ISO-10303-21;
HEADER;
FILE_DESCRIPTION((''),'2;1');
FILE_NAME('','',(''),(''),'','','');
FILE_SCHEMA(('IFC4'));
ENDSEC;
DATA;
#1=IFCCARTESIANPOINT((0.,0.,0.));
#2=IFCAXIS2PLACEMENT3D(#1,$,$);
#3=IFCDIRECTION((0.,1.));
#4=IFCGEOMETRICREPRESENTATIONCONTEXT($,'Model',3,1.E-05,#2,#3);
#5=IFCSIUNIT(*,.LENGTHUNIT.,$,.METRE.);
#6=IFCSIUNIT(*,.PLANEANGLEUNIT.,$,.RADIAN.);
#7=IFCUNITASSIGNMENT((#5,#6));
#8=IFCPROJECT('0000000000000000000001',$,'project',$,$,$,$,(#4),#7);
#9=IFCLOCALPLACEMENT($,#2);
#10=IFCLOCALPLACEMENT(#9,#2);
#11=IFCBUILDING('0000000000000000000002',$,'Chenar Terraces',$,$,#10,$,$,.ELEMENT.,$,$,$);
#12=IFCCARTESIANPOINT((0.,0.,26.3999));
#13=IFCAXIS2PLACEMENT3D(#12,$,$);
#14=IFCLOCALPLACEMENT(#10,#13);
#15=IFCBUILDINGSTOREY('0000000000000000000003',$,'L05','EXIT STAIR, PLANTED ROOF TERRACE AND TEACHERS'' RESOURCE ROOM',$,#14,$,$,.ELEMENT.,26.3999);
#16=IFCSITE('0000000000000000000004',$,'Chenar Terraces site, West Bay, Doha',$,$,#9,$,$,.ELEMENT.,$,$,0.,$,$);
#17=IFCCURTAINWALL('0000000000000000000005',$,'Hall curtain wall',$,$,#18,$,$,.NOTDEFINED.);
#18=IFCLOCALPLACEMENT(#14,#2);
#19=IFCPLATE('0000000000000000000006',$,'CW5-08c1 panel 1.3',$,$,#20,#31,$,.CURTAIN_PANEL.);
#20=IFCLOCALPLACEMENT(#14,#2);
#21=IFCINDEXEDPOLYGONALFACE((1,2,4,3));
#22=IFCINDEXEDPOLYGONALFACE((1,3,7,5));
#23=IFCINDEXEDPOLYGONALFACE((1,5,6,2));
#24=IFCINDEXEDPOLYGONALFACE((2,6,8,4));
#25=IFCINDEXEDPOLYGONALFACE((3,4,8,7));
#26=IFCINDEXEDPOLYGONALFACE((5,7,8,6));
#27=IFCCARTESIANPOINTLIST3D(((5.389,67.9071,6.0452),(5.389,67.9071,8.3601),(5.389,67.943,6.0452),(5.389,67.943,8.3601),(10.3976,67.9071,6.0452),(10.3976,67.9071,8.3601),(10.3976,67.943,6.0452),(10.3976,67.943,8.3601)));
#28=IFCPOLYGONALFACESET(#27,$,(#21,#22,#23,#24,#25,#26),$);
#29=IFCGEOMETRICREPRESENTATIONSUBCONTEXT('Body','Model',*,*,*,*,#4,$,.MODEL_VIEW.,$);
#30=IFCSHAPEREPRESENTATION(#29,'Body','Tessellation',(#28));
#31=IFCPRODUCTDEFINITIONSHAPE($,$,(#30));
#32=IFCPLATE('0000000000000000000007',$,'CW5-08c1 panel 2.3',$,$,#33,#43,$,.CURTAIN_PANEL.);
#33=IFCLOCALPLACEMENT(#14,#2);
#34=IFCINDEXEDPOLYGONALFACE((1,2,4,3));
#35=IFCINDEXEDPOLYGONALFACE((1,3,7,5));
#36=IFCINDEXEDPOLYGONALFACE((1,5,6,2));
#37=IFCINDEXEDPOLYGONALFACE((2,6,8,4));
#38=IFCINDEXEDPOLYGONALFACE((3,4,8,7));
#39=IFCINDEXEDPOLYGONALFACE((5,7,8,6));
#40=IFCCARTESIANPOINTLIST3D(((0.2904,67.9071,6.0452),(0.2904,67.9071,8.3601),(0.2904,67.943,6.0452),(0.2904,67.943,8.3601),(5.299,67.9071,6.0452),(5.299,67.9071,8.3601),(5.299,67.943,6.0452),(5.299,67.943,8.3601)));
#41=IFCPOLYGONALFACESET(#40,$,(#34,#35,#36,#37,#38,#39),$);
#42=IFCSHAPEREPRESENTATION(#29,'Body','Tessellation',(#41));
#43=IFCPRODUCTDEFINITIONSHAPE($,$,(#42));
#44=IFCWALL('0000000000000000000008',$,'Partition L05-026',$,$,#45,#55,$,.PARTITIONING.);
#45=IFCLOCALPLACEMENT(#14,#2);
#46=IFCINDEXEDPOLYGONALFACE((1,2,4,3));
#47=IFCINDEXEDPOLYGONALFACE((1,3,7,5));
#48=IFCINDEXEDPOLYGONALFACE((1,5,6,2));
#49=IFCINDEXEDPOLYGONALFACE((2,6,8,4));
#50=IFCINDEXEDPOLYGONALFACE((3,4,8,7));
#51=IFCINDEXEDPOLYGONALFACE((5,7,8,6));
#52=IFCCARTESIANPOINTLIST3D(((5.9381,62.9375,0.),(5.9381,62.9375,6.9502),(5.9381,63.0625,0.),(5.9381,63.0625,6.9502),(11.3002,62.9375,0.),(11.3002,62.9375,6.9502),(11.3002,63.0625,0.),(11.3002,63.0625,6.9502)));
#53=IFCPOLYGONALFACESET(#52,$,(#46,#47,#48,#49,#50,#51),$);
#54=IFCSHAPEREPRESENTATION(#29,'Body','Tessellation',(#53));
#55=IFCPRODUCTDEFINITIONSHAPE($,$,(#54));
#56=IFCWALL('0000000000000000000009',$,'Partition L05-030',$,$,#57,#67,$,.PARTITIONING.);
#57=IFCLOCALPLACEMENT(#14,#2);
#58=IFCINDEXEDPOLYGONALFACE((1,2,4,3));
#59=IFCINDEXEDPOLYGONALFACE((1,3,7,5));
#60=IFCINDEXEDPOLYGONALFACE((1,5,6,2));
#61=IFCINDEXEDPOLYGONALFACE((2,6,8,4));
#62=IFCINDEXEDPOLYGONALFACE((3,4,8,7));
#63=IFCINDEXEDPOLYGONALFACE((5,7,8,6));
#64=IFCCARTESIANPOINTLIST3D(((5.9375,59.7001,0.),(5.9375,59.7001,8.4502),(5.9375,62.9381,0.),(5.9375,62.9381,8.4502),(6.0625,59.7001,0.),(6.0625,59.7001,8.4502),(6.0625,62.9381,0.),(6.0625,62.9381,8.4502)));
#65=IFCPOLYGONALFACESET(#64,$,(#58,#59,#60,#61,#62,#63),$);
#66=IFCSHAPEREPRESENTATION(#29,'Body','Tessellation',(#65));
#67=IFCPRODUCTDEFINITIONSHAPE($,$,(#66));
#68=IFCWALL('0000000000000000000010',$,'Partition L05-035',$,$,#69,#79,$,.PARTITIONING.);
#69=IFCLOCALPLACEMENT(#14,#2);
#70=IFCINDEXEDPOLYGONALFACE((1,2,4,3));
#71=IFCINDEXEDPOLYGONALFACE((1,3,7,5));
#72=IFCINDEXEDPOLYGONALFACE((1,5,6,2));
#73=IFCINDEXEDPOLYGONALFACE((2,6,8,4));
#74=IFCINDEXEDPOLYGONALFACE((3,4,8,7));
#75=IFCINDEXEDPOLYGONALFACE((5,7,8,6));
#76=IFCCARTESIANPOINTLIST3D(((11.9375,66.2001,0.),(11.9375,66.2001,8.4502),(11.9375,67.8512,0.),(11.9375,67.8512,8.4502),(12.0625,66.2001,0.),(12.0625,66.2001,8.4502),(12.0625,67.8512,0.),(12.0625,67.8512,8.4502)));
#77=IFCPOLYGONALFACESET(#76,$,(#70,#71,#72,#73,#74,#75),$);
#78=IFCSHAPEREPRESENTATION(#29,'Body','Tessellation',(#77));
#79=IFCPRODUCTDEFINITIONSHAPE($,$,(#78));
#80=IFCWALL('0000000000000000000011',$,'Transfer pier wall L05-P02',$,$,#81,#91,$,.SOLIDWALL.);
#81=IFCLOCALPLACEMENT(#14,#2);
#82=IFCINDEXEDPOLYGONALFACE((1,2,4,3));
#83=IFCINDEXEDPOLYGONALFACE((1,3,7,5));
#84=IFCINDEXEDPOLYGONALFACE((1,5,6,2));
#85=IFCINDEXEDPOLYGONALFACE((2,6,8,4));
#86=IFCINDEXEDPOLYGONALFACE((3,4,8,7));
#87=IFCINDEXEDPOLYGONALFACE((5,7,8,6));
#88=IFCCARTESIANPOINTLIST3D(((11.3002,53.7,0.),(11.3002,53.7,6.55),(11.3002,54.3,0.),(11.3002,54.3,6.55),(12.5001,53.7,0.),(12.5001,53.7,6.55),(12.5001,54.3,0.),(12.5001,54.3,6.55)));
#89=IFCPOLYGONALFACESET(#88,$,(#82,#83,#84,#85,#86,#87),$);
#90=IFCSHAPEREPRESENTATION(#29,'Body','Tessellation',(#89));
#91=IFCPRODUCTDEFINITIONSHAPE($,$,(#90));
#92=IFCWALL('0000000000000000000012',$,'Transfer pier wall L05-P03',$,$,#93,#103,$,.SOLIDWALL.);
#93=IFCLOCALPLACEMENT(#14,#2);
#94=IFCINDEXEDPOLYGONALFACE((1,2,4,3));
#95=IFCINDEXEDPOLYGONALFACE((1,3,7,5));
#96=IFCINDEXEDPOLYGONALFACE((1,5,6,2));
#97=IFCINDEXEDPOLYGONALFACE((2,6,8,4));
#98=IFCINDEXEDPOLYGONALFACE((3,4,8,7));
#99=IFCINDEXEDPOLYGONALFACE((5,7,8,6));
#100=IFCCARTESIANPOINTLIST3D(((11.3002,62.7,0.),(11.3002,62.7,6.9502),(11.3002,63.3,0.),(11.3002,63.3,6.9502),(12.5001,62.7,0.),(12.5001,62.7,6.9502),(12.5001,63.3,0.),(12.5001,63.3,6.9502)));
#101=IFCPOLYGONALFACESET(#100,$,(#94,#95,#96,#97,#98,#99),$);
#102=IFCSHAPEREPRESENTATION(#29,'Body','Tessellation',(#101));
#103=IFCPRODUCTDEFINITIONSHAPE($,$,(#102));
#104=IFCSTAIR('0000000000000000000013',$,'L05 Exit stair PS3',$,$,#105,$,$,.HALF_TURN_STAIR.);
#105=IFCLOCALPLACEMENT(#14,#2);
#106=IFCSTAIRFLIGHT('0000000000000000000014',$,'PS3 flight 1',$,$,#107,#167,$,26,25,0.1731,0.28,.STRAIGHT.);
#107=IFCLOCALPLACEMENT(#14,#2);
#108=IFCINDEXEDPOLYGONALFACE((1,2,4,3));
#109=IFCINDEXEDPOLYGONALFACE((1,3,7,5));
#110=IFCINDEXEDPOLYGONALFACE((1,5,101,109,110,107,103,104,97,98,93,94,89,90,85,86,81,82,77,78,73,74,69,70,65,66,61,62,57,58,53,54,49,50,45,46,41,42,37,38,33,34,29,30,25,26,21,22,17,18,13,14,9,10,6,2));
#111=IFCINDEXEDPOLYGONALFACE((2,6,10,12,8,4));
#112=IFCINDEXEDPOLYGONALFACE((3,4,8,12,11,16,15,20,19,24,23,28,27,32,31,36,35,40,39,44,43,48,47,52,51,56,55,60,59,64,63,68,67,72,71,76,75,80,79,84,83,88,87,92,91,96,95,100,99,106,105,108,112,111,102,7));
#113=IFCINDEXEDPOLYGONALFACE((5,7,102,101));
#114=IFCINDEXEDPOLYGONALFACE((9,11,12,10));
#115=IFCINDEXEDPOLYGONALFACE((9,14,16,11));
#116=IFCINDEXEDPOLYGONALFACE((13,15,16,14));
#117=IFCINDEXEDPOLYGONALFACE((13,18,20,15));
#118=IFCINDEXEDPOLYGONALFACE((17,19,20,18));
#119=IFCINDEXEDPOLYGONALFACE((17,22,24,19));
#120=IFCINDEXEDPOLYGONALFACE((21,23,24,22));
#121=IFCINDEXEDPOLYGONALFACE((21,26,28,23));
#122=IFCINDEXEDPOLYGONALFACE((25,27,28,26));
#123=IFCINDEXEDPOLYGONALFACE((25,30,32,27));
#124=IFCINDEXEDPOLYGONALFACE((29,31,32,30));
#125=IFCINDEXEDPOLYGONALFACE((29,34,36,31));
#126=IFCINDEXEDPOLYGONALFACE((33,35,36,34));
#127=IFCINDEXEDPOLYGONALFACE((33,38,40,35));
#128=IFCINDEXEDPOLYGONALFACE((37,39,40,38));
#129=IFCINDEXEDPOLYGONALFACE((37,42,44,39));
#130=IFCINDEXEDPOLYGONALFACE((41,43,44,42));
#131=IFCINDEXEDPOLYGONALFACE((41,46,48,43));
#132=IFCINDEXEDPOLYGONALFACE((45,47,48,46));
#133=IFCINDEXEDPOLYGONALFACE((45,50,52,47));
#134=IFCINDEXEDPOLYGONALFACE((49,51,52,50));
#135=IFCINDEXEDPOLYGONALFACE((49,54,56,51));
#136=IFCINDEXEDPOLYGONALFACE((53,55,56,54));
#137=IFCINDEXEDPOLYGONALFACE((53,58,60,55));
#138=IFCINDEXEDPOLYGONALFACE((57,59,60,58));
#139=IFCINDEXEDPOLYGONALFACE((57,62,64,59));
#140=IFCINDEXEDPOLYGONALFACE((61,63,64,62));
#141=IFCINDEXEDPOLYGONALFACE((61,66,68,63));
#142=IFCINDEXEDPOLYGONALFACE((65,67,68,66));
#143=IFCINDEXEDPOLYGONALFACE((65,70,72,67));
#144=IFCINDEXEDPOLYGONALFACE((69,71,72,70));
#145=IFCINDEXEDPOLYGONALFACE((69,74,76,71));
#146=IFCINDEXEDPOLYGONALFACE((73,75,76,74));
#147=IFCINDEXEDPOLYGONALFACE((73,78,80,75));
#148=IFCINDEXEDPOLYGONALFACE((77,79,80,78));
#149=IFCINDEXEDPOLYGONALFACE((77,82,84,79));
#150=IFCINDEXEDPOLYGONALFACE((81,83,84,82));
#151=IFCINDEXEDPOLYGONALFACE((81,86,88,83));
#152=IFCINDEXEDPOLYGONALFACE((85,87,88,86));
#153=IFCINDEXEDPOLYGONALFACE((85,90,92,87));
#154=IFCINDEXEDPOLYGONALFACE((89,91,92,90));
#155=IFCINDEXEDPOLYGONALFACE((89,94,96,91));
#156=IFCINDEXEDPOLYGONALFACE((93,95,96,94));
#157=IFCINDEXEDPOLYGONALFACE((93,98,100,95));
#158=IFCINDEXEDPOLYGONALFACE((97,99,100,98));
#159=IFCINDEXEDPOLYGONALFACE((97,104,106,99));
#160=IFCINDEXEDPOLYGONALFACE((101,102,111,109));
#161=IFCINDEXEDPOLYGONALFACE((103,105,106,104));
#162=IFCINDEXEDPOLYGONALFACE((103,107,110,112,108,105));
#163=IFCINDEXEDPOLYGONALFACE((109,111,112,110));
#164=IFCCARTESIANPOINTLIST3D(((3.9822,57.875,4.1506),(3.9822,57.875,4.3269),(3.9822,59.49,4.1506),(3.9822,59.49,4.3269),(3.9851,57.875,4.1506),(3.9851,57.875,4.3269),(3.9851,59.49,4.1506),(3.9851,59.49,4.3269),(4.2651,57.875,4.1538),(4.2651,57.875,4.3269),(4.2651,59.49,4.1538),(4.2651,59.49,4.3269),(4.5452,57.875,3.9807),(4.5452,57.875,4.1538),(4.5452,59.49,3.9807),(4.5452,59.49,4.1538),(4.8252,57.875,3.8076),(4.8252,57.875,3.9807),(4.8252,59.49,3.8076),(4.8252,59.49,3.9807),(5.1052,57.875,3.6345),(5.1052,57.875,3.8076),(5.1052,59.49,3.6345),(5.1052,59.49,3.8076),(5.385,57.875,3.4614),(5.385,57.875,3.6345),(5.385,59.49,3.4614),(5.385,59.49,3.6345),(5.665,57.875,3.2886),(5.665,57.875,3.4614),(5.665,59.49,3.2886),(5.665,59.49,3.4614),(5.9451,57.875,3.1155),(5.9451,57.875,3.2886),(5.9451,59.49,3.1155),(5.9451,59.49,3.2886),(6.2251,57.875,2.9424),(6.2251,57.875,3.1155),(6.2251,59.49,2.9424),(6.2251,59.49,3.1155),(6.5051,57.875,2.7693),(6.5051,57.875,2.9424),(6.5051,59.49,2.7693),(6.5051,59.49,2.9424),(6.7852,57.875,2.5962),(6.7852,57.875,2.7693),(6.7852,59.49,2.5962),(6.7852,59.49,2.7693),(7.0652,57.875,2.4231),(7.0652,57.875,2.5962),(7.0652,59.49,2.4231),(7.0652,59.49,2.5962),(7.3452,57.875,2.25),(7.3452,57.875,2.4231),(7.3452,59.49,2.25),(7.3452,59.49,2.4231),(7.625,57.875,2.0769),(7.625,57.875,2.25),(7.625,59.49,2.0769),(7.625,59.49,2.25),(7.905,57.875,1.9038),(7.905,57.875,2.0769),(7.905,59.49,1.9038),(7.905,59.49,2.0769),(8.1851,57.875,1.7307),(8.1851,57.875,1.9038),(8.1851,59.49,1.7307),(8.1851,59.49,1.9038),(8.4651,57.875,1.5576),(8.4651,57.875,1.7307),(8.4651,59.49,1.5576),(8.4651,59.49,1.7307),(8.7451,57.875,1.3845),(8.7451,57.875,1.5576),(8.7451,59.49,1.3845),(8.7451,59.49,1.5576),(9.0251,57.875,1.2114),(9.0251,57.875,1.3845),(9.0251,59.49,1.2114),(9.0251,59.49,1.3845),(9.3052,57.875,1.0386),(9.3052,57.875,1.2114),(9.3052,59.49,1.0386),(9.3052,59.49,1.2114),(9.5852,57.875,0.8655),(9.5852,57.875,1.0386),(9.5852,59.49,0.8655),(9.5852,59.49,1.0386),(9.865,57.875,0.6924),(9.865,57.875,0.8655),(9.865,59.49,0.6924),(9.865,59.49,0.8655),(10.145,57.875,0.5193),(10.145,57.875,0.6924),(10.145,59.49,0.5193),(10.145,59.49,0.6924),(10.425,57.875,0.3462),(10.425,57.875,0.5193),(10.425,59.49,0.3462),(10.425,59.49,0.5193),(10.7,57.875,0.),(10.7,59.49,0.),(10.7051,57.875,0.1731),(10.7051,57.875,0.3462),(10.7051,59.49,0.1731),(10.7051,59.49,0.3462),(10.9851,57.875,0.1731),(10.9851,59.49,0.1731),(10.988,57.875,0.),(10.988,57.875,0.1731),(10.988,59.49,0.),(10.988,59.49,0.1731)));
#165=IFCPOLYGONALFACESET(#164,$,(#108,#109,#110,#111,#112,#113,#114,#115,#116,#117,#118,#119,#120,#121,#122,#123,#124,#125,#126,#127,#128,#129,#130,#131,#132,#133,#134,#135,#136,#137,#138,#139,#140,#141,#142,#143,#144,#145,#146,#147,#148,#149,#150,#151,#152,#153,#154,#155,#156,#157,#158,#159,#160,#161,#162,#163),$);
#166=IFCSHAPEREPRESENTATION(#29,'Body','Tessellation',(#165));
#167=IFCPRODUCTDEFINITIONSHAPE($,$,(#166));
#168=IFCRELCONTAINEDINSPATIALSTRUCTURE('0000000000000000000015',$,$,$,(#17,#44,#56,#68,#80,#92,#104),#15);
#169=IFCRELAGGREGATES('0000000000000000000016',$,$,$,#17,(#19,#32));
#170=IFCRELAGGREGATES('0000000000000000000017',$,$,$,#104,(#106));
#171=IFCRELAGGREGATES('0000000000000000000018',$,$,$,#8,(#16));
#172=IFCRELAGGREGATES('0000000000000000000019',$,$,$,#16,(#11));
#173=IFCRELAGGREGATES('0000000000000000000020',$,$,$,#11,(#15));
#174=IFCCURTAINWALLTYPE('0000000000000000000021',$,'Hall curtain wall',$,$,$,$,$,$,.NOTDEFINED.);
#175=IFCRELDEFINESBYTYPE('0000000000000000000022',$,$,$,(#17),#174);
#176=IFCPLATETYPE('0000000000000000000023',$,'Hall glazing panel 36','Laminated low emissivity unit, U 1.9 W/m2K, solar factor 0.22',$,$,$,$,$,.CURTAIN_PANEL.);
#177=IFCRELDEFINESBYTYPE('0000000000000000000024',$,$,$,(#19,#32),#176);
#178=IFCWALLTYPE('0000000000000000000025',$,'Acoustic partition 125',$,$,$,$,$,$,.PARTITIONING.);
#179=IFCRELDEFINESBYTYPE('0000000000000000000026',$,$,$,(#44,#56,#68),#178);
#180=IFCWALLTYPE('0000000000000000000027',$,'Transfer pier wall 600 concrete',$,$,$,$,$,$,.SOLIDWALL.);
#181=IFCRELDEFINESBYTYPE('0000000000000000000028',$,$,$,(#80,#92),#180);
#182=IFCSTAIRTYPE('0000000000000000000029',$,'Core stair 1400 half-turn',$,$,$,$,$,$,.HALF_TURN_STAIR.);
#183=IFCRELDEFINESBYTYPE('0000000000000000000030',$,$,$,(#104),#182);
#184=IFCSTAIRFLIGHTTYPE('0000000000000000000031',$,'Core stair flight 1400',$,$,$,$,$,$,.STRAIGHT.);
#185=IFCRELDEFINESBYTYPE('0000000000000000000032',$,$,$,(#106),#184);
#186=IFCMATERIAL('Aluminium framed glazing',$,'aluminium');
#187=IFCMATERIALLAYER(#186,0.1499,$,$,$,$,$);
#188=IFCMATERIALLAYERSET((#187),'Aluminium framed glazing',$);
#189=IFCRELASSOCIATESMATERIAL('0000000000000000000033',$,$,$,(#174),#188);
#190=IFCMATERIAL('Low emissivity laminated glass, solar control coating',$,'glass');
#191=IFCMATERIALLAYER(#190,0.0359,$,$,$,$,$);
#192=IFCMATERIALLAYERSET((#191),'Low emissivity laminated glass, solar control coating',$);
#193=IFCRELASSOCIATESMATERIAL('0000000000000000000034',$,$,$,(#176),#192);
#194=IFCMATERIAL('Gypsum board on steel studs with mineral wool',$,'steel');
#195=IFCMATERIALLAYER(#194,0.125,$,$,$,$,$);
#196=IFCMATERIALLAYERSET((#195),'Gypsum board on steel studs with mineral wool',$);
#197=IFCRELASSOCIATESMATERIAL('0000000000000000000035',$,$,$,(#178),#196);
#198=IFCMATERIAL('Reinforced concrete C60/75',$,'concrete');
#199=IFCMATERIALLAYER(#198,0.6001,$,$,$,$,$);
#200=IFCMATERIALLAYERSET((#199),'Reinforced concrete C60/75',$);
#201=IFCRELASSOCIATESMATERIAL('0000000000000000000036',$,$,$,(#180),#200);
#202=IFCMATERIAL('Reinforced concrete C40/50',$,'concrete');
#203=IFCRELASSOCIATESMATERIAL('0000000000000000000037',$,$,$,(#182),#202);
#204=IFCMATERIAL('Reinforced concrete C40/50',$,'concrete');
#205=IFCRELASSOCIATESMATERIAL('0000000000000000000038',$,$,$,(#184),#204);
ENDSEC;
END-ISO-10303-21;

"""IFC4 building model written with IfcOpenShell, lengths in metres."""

from ifc_helpers import new_model, si_unit, direction, frame, frame_2d, origin, origin_2d, place, context, subcontext, project, spatial, polyline, rectangle, outline, extrude, material, layer, layer_set, type_object, element, aggregate, save


model = new_model("IFC4")

# Units and contexts
model_context = context("Model", 3, precision=1e-05, world=origin(), true_north=direction((0.0, 1.0)))
body_context = subcontext(model_context, "Body", "Model", "MODEL_VIEW")
ifc_project = project(units=[si_unit("LENGTHUNIT", "METRE"), si_unit("PLANEANGLEUNIT", "RADIAN")], contexts=[model_context])

# Site, building, storey
site_placement = place(None, origin())
site = spatial("IfcSite", under=ifc_project, at=site_placement, Name="Chenar Terraces site, West Bay, Doha", CompositionType="ELEMENT", RefElevation=0.0)
building_placement = place(site_placement, origin())
building = spatial("IfcBuilding", under=site, at=building_placement, Name="Chenar Terraces", CompositionType="ELEMENT")
storey_placement = place(building_placement, frame((0.0, 0.0, 26.3999)))
storey = spatial("IfcBuildingStorey", under=building, at=storey_placement, Name="L05", Description="EXIT STAIR, PLANTED ROOF TERRACE AND TEACHERS' RESOURCE ROOM", CompositionType="ELEMENT", Elevation=26.3999)

# Curtain wall
ifc_material_1 = material(Name="Aluminium framed glazing", Category="aluminium")
ifc_layer_1 = layer(ifc_material_1, 0.1499)
ifc_layer_set_1 = layer_set([ifc_layer_1], Name="Aluminium framed glazing")
curtain_wall_type = type_object("IfcCurtainWallType", Name="Hall curtain wall", PredefinedType="NOTDEFINED", material=ifc_layer_set_1)
placement = place(storey_placement, origin())
curtain_wall = element("IfcCurtainWall", 1, at=placement, inside=storey, type_object=curtain_wall_type, Name="Hall curtain wall", PredefinedType="NOTDEFINED")

# Plates
ifc_material_2 = material(Name="Low emissivity laminated glass, solar control coating", Category="glass")
ifc_layer_2 = layer(ifc_material_2, 0.0359)
ifc_layer_set_2 = layer_set([ifc_layer_2], Name="Low emissivity laminated glass, solar control coating")
plate_type = type_object("IfcPlateType", Name="Hall glazing panel 36", Description="Laminated low emissivity unit, U 1.9 W/m2K, solar factor 0.22", PredefinedType="CURTAIN_PANEL", material=ifc_layer_set_2)
plate_1_placement = place(storey_placement, frame((7.8933, 67.925, 6.0452), z_axis=(0.0, 0.0, 1.0), x_axis=(-1.0, 0.0, 0.0)))
plate_1 = element("IfcPlate", 2, at=plate_1_placement, type_object=plate_type, Name="CW5-08c1 panel 1.3", PredefinedType="CURTAIN_PANEL", context=body_context, shape_type="SweptSolid", body=[
    extrude(rectangle(XDim=5.0085, YDim=0.0359, at=origin_2d()), origin(), (0.0, 0.0, 1.0), 2.3149),
])
plate_2_placement = place(storey_placement, frame((2.7947, 67.925, 6.0452), z_axis=(0.0, 0.0, 1.0), x_axis=(-1.0, 0.0, 0.0)))
plate_2 = element("IfcPlate", 3, at=plate_2_placement, type_object=plate_type, Name="CW5-08c1 panel 2.3", PredefinedType="CURTAIN_PANEL", context=body_context, shape_type="SweptSolid", body=[
    extrude(rectangle(XDim=5.0085, YDim=0.0359, at=origin_2d()), origin(), (0.0, 0.0, 1.0), 2.3149),
])
aggregate(curtain_wall, [plate_1, plate_2])

# Walls
ifc_material_3 = material(Name="Gypsum board on steel studs with mineral wool", Category="steel")
ifc_layer_3 = layer(ifc_material_3, 0.125)
ifc_layer_set_3 = layer_set([ifc_layer_3], Name="Gypsum board on steel studs with mineral wool")
wall_type_1 = type_object("IfcWallType", Name="Acoustic partition 125", PredefinedType="PARTITIONING", material=ifc_layer_set_3)
wall_1_placement = place(storey_placement, frame((5.938, 63.0, 0.0), z_axis=(0.0, 0.0, 1.0), x_axis=(1.0, 0.0, 0.0)))
element("IfcWall", 4, at=wall_1_placement, inside=storey, type_object=wall_type_1, Name="Partition L05-026", PredefinedType="PARTITIONING", context=body_context, shape_type="SweptSolid", body=[
    extrude(rectangle(XDim=5.3621, YDim=0.125, at=frame_2d((2.6812, 0.0))), origin(), (0.0, 0.0, 1.0), 6.9502),
])
wall_2_placement = place(storey_placement, frame((6.0, 59.7, 0.0), z_axis=(0.0, 0.0, 1.0), x_axis=(0.0, 1.0, 0.0)))
element("IfcWall", 5, at=wall_2_placement, inside=storey, type_object=wall_type_1, Name="Partition L05-030", PredefinedType="PARTITIONING", context=body_context, shape_type="SweptSolid", body=[
    extrude(rectangle(XDim=3.238, YDim=0.125, at=frame_2d((1.6191, 0.0))), origin(), (0.0, 0.0, 1.0), 8.4502),
])
wall_3_placement = place(storey_placement, frame((12.0, 66.2, 0.0), z_axis=(0.0, 0.0, 1.0), x_axis=(0.0, 1.0, 0.0)))
element("IfcWall", 6, at=wall_3_placement, inside=storey, type_object=wall_type_1, Name="Partition L05-035", PredefinedType="PARTITIONING", context=body_context, shape_type="SweptSolid", body=[
    extrude(rectangle(XDim=1.6511, YDim=0.125, at=frame_2d((0.8257, 0.0))), origin(), (0.0, 0.0, 1.0), 8.4502),
])
ifc_material_4 = material(Name="Reinforced concrete C60/75", Category="concrete")
ifc_layer_4 = layer(ifc_material_4, 0.6001)
ifc_layer_set_4 = layer_set([ifc_layer_4], Name="Reinforced concrete C60/75")
wall_type_2 = type_object("IfcWallType", Name="Transfer pier wall 600 concrete", PredefinedType="SOLIDWALL", material=ifc_layer_set_4)
wall_4_placement = place(storey_placement, frame((11.3, 54.0, 0.0), z_axis=(0.0, 0.0, 1.0), x_axis=(1.0, 0.0, 0.0)))
element("IfcWall", 7, at=wall_4_placement, inside=storey, type_object=wall_type_2, Name="Transfer pier wall L05-P02", PredefinedType="SOLIDWALL", context=body_context, shape_type="SweptSolid", body=[
    extrude(rectangle(XDim=1.2, YDim=0.6001, at=frame_2d((0.6001, 0.0))), origin(), (0.0, 0.0, 1.0), 6.55),
])
wall_5_placement = place(storey_placement, frame((11.3, 63.0, 0.0), z_axis=(0.0, 0.0, 1.0), x_axis=(1.0, 0.0, 0.0)))
element("IfcWall", 8, at=wall_5_placement, inside=storey, type_object=wall_type_2, Name="Transfer pier wall L05-P03", PredefinedType="SOLIDWALL", context=body_context, shape_type="SweptSolid", body=[
    extrude(rectangle(XDim=1.2, YDim=0.6001, at=frame_2d((0.6001, 0.0))), origin(), (0.0, 0.0, 1.0), 6.9502),
])

# Stair, stair flight
ifc_material_5 = material(Name="Reinforced concrete C40/50", Category="concrete")
stair_type = type_object("IfcStairType", Name="Core stair 1400 half-turn", PredefinedType="HALF_TURN_STAIR", material=ifc_material_5)
stair = element("IfcStair", 9, at=placement, inside=storey, type_object=stair_type, Name="L05 Exit stair PS3", PredefinedType="HALF_TURN_STAIR")
ifc_material_6 = material(Name="Reinforced concrete C40/50", Category="concrete")
stair_flight_type = type_object("IfcStairFlightType", Name="Core stair flight 1400", PredefinedType="STRAIGHT", material=ifc_material_6)
stair_flight_1_placement = place(storey_placement, frame((10.9851, 58.6826, 0.0), z_axis=(0.0, 0.0, 1.0), x_axis=(-1.0, 0.0, 0.0)))
stair_flight_1 = element("IfcStairFlight", 10, at=stair_flight_1_placement, type_object=stair_flight_type, Name="PS3 flight 1", NumberOfRisers=26, NumberOfTreads=25, PredefinedType="STRAIGHT", RiserHeight=0.1731, TreadLength=0.28, context=body_context, shape_type="SweptSolid", body=[
    extrude(outline(polyline([(-0.0029, 0.0), (-0.0029, 0.1731), (0.0, 0.1731), (0.28, 0.1731), (0.28, 0.3462), (0.5601, 0.3462), (0.5601, 0.5193), (0.8401, 0.5193), (0.8401, 0.6924), (1.1201, 0.6924), (1.1201, 0.8655), (1.3999, 0.8655), (1.3999, 1.0386), (1.6799, 1.0386), (1.6799, 1.2114), (1.96, 1.2114), (1.96, 1.3845), (2.24, 1.3845), (2.24, 1.5576), (2.52, 1.5576), (2.52, 1.7307), (2.8, 1.7307), (2.8, 1.9038), (3.0801, 1.9038), (3.0801, 2.0769), (3.3601, 2.0769), (3.3601, 2.25), (3.6399, 2.25), (3.6399, 2.4231), (3.9199, 2.4231), (3.9199, 2.5962), (4.2, 2.5962), (4.2, 2.7693), (4.48, 2.7693), (4.48, 2.9424), (4.76, 2.9424), (4.76, 3.1155), (5.04, 3.1155), (5.04, 3.2886), (5.3201, 3.2886), (5.3201, 3.4614), (5.6001, 3.4614), (5.6001, 3.6345), (5.8799, 3.6345), (5.8799, 3.8076), (6.1599, 3.8076), (6.1599, 3.9807), (6.4399, 3.9807), (6.4399, 4.1538), (6.72, 4.1538), (6.72, 4.3269), (7.0, 4.3269), (7.0029, 4.3269), (7.0029, 4.1506), (7.0, 4.1506), (0.2852, 0.0), (-0.0029, 0.0)])), frame((0.0, 0.8076, 0.0), z_axis=(0.0, -1.0, 0.0), x_axis=(1.0, 0.0, 0.0)), (0.0, 0.0, 1.0), 1.615),
])
aggregate(stair, [stair_flight_1])

save(model, "model.ifc")
